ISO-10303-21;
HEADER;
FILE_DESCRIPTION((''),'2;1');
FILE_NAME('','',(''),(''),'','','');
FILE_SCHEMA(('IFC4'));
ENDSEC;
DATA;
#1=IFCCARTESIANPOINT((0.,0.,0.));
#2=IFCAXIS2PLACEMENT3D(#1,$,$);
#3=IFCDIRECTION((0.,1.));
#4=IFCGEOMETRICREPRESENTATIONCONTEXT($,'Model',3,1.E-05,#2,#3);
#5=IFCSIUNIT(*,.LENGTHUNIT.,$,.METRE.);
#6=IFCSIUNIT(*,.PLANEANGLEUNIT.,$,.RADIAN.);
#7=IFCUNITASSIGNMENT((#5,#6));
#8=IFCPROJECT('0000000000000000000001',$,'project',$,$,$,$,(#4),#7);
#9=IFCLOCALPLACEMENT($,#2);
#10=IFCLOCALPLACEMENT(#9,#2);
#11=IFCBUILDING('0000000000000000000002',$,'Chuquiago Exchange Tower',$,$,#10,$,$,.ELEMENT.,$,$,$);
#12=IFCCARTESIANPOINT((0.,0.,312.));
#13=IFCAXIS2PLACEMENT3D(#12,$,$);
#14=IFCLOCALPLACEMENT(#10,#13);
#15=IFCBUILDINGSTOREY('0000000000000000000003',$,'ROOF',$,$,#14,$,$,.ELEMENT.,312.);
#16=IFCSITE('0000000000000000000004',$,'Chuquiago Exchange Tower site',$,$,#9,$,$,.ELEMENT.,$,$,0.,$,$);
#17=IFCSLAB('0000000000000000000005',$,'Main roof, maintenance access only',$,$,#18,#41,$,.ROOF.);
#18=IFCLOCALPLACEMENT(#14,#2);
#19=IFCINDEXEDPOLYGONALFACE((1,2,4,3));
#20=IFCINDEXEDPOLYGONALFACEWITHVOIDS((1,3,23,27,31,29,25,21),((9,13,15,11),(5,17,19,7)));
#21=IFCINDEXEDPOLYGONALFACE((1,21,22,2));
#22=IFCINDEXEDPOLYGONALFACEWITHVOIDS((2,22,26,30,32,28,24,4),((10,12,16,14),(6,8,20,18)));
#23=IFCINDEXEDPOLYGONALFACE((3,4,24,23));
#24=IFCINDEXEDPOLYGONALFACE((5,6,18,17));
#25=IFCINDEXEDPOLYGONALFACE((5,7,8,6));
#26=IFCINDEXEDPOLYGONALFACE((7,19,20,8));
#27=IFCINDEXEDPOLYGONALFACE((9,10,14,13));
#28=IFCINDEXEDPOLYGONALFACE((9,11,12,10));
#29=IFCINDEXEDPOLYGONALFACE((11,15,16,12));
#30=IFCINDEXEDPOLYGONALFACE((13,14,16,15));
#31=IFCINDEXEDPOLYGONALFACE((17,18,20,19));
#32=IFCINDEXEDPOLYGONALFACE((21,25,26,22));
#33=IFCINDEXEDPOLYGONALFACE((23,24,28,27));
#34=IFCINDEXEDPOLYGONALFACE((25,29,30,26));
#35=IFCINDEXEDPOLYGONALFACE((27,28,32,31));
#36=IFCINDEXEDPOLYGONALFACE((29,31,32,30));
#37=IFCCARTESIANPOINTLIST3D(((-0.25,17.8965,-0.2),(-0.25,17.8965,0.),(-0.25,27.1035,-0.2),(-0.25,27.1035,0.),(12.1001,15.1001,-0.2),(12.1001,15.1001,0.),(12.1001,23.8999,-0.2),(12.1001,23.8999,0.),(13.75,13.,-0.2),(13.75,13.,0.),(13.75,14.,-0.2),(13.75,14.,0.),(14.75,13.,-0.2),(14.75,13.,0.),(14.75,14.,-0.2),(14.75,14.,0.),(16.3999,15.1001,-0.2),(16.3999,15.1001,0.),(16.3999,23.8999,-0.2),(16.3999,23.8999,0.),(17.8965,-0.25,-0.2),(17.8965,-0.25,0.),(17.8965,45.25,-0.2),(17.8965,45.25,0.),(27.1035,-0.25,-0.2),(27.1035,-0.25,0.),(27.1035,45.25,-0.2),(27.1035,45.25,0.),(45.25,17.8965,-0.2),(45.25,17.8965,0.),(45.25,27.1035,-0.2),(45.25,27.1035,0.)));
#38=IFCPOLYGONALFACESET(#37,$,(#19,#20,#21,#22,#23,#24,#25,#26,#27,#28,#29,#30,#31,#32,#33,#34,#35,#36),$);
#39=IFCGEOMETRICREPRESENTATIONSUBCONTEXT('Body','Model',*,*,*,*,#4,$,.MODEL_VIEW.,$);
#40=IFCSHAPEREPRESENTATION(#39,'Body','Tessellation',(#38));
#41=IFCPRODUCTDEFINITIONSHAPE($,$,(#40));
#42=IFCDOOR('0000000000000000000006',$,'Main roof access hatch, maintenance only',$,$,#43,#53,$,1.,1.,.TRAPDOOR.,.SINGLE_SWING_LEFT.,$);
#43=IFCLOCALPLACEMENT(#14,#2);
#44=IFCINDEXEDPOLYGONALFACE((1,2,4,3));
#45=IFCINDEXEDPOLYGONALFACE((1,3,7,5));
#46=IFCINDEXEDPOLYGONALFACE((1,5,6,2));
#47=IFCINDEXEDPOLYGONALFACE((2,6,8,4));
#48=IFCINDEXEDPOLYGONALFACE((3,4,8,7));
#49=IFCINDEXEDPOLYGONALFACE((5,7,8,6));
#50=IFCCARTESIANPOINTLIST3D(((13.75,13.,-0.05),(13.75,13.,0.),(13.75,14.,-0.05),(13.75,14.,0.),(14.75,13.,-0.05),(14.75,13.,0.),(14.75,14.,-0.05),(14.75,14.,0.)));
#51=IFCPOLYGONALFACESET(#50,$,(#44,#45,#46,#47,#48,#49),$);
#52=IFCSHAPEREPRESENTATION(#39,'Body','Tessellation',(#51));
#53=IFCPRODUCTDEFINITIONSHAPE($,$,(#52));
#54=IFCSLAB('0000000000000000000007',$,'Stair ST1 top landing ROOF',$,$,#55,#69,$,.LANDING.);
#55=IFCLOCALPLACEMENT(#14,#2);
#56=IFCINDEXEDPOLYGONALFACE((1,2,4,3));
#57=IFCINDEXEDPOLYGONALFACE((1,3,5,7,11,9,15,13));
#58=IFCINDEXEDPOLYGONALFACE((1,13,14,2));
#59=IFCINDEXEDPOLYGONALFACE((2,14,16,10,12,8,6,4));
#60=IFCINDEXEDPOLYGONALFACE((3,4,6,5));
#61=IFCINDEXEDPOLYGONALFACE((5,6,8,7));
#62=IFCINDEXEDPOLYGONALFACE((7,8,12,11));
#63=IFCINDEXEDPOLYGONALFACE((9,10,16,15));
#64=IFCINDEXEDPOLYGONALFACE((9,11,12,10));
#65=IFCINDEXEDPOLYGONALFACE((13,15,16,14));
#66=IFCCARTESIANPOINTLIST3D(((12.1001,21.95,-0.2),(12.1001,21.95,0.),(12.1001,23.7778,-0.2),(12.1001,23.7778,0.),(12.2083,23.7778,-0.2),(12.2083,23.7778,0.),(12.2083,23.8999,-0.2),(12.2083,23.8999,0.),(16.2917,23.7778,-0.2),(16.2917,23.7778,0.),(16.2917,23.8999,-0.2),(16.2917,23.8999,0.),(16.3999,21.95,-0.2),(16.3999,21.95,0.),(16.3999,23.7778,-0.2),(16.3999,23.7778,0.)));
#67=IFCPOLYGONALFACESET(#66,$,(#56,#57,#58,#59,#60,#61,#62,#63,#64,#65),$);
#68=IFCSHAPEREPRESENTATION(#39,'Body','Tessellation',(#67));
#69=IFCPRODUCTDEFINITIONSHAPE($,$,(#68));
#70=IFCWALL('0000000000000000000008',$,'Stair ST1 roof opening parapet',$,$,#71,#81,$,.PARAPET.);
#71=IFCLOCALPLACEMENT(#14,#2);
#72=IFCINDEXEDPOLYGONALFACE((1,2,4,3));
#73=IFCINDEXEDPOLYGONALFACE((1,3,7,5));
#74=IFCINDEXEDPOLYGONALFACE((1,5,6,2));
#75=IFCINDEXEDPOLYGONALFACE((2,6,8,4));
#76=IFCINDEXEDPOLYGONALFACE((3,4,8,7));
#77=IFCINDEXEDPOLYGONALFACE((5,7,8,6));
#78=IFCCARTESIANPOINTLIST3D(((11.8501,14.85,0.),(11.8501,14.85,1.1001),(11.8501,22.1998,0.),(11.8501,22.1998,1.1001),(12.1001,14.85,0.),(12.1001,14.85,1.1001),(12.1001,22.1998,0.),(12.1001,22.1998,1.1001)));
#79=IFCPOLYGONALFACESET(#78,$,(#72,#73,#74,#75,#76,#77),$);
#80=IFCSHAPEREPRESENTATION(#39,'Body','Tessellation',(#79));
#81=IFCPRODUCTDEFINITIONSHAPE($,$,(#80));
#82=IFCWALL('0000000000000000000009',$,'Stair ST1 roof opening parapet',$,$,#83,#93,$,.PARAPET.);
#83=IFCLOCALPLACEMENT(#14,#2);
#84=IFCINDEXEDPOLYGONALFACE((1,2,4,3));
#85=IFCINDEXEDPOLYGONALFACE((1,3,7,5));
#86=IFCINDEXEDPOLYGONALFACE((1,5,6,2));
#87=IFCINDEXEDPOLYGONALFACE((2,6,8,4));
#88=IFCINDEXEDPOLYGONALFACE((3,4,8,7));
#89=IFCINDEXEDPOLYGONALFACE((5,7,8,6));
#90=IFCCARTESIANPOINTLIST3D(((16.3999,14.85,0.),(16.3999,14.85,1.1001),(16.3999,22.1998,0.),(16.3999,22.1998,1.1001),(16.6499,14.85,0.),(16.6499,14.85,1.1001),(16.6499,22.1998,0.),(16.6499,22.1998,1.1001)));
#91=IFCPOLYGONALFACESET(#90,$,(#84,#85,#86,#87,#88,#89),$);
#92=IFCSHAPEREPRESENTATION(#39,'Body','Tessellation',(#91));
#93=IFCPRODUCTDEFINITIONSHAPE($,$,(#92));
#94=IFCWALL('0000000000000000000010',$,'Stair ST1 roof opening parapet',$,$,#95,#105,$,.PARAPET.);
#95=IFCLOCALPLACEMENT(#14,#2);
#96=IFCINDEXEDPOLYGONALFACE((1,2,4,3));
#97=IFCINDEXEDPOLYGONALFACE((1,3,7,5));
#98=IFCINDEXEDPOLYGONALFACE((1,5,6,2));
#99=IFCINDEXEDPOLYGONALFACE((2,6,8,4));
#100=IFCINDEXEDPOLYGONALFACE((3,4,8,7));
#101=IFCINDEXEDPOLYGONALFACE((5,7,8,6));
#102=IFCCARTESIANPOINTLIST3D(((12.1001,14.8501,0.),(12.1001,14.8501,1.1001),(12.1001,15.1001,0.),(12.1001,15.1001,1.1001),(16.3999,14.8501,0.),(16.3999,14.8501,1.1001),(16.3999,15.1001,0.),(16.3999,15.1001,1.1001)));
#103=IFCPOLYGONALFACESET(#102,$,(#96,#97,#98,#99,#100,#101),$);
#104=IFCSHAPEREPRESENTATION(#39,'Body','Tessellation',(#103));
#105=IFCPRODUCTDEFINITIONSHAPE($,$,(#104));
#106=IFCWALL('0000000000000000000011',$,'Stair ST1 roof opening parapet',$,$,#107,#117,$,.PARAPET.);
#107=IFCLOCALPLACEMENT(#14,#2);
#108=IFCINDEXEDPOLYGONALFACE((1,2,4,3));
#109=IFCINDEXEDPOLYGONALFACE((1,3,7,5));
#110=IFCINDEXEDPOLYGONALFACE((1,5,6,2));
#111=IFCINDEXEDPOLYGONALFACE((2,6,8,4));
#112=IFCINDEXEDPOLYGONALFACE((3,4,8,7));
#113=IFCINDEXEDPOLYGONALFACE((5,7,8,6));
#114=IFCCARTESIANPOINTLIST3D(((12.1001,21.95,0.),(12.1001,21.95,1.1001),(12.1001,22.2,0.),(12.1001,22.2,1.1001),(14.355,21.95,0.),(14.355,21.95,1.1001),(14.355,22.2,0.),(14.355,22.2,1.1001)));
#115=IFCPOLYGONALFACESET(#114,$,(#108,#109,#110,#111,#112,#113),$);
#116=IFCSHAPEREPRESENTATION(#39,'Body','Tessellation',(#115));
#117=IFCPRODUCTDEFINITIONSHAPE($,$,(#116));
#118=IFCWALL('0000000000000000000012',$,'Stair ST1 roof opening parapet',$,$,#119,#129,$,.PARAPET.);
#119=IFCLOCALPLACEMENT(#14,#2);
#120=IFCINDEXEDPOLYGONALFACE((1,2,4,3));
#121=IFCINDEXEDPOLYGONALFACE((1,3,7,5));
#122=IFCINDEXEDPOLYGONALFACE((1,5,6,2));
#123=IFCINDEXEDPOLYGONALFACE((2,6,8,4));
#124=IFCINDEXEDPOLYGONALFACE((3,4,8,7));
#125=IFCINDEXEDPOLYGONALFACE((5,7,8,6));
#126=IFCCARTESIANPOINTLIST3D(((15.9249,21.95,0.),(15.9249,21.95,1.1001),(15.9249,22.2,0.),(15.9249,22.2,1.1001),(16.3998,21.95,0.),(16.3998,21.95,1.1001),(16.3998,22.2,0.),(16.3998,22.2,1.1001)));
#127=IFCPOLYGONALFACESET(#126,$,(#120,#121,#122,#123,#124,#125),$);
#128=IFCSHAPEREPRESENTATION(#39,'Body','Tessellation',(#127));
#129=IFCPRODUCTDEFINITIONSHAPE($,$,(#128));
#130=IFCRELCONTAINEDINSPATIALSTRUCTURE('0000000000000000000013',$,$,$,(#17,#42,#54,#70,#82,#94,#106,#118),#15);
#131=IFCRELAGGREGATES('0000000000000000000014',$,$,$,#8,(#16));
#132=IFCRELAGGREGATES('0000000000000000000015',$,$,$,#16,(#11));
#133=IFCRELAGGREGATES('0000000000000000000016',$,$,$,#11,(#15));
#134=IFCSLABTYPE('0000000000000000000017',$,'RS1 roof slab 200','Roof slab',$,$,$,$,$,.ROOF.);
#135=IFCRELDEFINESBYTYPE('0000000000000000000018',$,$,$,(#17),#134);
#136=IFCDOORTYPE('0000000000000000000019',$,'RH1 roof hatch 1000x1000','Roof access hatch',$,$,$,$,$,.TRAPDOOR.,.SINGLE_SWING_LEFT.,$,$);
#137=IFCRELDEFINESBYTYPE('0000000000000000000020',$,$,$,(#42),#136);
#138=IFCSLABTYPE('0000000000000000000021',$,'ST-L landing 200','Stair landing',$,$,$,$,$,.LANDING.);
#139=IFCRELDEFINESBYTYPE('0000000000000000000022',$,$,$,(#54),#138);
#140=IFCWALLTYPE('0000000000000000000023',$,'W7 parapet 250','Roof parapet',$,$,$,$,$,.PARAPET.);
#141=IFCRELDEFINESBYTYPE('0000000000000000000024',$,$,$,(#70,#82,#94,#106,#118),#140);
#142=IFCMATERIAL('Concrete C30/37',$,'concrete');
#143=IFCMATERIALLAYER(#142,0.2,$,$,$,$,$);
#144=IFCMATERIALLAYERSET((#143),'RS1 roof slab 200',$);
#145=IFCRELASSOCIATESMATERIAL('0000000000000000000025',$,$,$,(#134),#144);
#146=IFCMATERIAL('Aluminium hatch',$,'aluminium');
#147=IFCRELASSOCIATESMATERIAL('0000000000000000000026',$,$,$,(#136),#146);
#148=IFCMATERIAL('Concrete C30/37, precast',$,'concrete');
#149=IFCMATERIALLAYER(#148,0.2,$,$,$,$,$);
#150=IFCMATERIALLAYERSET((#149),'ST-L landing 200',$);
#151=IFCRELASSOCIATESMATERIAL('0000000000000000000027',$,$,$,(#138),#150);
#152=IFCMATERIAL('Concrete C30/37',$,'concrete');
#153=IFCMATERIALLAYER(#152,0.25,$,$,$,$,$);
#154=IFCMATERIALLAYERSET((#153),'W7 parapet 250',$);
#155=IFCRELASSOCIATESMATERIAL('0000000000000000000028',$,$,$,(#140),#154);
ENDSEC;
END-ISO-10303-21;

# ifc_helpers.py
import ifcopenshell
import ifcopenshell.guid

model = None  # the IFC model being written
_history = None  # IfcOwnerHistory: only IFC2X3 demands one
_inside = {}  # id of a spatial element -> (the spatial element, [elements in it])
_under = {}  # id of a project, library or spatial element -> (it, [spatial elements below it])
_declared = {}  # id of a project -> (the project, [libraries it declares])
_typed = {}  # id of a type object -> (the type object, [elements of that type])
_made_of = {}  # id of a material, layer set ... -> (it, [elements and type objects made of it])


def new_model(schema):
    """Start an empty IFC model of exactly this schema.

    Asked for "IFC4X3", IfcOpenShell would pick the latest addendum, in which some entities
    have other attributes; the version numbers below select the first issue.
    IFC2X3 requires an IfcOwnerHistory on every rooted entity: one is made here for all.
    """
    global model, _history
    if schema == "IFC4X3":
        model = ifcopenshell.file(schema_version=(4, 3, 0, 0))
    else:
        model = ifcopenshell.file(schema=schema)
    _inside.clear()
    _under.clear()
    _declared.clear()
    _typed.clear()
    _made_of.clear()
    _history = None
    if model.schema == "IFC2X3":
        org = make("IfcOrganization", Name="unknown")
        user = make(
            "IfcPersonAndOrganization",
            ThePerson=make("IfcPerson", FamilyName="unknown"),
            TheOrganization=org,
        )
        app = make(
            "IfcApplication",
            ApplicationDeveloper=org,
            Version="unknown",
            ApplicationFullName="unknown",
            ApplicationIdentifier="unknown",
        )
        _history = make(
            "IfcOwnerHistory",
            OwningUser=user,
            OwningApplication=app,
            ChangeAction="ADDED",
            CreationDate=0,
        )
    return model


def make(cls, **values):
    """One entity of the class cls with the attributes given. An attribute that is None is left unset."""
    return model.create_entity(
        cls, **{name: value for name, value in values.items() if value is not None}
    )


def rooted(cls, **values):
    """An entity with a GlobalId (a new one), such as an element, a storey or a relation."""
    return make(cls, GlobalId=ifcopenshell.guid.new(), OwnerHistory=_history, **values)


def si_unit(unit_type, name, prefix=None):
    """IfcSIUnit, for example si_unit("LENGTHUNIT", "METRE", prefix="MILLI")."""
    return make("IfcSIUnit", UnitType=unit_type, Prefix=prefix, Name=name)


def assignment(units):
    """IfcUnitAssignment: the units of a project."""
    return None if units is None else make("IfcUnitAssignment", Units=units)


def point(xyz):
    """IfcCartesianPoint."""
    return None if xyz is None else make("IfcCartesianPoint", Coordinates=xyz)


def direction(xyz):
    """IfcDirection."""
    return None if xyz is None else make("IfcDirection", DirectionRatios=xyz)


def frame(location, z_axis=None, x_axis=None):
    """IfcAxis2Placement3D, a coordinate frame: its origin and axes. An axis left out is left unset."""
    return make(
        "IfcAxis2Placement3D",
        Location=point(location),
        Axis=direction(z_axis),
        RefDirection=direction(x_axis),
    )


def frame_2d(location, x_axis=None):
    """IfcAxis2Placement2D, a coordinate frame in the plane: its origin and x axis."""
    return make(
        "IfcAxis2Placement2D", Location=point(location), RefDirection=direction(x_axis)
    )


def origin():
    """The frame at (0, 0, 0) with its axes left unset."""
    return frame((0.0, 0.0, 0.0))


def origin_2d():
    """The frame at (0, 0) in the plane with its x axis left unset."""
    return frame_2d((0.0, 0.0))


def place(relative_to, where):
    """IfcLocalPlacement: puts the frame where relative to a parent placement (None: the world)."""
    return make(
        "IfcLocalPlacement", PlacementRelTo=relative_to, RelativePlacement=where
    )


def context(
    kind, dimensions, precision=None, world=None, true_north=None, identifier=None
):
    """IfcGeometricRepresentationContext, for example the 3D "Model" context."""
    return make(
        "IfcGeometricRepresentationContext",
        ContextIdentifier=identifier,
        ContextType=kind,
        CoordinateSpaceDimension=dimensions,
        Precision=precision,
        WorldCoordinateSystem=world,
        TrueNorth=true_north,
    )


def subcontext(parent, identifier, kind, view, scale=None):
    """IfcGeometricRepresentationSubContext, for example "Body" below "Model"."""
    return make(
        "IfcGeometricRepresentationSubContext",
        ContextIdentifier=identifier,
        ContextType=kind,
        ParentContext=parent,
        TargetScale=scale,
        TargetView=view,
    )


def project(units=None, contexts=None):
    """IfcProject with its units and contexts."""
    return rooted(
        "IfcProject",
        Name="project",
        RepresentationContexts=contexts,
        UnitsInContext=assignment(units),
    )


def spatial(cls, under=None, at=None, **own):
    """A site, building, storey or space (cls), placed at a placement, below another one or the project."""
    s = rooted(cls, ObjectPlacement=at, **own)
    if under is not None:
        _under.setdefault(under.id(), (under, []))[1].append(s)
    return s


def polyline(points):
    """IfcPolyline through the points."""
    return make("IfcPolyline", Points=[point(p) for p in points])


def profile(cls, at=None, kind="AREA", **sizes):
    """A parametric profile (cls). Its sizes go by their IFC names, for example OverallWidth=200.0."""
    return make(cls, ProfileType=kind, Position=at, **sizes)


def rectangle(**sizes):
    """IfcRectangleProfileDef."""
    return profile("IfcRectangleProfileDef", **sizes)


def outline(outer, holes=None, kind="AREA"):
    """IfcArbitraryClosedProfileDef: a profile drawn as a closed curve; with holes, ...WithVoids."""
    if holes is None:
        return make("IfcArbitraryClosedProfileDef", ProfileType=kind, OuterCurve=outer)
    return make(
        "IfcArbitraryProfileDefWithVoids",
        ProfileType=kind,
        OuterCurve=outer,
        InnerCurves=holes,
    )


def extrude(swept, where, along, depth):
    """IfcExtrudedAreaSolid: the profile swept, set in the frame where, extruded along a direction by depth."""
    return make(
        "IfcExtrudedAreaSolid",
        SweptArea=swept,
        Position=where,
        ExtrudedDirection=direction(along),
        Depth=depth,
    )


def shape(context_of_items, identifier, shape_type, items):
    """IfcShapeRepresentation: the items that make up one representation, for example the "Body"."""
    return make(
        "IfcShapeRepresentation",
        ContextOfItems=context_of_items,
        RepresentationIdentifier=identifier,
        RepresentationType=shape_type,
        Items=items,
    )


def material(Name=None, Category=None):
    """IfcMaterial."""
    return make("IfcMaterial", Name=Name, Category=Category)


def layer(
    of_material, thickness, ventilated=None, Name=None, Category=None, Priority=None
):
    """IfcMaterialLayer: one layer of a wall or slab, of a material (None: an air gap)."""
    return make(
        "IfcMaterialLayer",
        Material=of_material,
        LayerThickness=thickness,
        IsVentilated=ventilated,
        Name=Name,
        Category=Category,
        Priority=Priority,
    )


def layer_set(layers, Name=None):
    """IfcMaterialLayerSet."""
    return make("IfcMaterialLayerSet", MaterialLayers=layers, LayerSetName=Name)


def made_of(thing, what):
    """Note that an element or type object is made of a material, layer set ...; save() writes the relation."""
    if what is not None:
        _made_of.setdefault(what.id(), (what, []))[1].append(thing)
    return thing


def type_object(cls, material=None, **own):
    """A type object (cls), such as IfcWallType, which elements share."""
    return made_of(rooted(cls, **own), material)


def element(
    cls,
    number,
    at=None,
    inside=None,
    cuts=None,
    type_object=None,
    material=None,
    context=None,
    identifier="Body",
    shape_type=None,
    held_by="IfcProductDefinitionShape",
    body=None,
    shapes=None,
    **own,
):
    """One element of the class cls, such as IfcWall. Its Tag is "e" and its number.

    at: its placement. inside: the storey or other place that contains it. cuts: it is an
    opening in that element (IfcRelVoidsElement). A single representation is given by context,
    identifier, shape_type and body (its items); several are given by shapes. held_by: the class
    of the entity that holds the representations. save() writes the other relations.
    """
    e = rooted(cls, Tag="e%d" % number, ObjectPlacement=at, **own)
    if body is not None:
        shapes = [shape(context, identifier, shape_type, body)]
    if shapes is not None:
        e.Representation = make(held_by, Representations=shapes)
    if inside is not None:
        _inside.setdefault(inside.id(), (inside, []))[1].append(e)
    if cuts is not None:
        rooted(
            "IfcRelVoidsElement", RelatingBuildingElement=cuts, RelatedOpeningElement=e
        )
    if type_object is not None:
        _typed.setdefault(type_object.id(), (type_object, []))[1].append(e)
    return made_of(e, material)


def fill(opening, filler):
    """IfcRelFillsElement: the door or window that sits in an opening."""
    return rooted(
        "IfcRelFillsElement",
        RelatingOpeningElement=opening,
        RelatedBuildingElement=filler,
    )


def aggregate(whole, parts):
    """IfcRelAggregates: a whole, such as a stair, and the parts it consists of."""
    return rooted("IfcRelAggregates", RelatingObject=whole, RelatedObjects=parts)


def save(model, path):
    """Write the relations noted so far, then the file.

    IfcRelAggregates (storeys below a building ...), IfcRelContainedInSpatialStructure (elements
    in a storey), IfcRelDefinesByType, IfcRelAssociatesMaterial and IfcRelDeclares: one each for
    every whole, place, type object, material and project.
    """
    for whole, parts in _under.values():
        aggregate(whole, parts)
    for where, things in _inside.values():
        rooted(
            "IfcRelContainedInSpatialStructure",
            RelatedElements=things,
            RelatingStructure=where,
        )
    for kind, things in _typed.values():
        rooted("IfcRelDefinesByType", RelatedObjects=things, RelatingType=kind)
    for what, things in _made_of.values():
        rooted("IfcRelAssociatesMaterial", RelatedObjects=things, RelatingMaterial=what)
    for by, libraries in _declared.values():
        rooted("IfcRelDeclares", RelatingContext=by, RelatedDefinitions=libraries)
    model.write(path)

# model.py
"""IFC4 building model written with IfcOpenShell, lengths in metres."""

from ifc_helpers import new_model, si_unit, direction, frame, frame_2d, origin, origin_2d, place, context, subcontext, project, spatial, polyline, rectangle, outline, extrude, material, layer, layer_set, type_object, element, fill, save


model = new_model("IFC4")

# Units and contexts
model_context = context("Model", 3, precision=1e-05, world=origin(), true_north=direction((0.0, 1.0)))
body_context = subcontext(model_context, "Body", "Model", "MODEL_VIEW")
ifc_project = project(units=[si_unit("LENGTHUNIT", "METRE"), si_unit("PLANEANGLEUNIT", "RADIAN")], contexts=[model_context])

# Site, building, storey
site_placement = place(None, origin())
site = spatial("IfcSite", under=ifc_project, at=site_placement, Name="Chuquiago Exchange Tower site", CompositionType="ELEMENT", RefElevation=0.0)
building_placement = place(site_placement, origin())
building = spatial("IfcBuilding", under=site, at=building_placement, Name="Chuquiago Exchange Tower", CompositionType="ELEMENT")
storey_placement = place(building_placement, frame((0.0, 0.0, 312.0)))
storey = spatial("IfcBuildingStorey", under=building, at=storey_placement, Name="ROOF", CompositionType="ELEMENT", Elevation=312.0)

# Slab, opening, door
ifc_material_1 = material(Name="Concrete C30/37", Category="concrete")
ifc_layer_1 = layer(ifc_material_1, 0.2)
ifc_layer_set_1 = layer_set([ifc_layer_1], Name="RS1 roof slab 200")
slab_type_1 = type_object("IfcSlabType", Name="RS1 roof slab 200", Description="Roof slab", PredefinedType="ROOF", material=ifc_layer_set_1)
slab_1_placement = place(storey_placement, frame((0.0, 0.0, -0.2)))
slab_1 = element("IfcSlab", 1, at=slab_1_placement, inside=storey, type_object=slab_type_1, Name="Main roof, maintenance access only", PredefinedType="ROOF", context=body_context, shape_type="SweptSolid", body=[
    extrude(outline(polyline([(17.8965, -0.25), (-0.25, 17.8965), (-0.25, 27.1035), (17.8965, 45.25), (27.1035, 45.25), (45.25, 27.1035), (45.25, 17.8965), (27.1035, -0.25), (17.8965, -0.25)]), holes=[polyline([(16.3999, 15.1001), (12.1001, 15.1001), (12.1001, 23.8999), (16.3999, 23.8999), (16.3999, 15.1001)])]), origin(), (0.0, 0.0, 1.0), 0.2),
])
opening_placement = place(slab_1_placement, frame((14.25, 13.5, 0.0)))
opening = element("IfcOpeningElement", 2, at=opening_placement, cuts=slab_1, PredefinedType="OPENING", context=body_context, shape_type="SweptSolid", body=[
    extrude(rectangle(XDim=1.0, YDim=1.0, at=origin_2d()), origin(), (0.0, 0.0, 1.0), 0.2),
])
ifc_material_2 = material(Name="Aluminium hatch", Category="aluminium")
door_type = type_object("IfcDoorType", Name="RH1 roof hatch 1000x1000", Description="Roof access hatch", OperationType="SINGLE_SWING_LEFT", PredefinedType="TRAPDOOR", material=ifc_material_2)
door_placement = place(opening_placement, frame((0.0, 0.0, 0.1499)))
door = element("IfcDoor", 3, at=door_placement, inside=storey, type_object=door_type, Name="Main roof access hatch, maintenance only", OperationType="SINGLE_SWING_LEFT", OverallHeight=1.0, OverallWidth=1.0, PredefinedType="TRAPDOOR", context=body_context, shape_type="SweptSolid", body=[
    extrude(rectangle(XDim=1.0, YDim=1.0, at=origin_2d()), origin(), (0.0, 0.0, 1.0), 0.05),
])
fill(opening, door)

# Slab
ifc_material_3 = material(Name="Concrete C30/37, precast", Category="concrete")
ifc_layer_2 = layer(ifc_material_3, 0.2)
ifc_layer_set_2 = layer_set([ifc_layer_2], Name="ST-L landing 200")
slab_type_2 = type_object("IfcSlabType", Name="ST-L landing 200", Description="Stair landing", PredefinedType="LANDING", material=ifc_layer_set_2)
slab_2_placement = place(storey_placement, frame((0.0, 0.0, -0.2)))
element("IfcSlab", 4, at=slab_2_placement, inside=storey, type_object=slab_type_2, Name="Stair ST1 top landing ROOF", PredefinedType="LANDING", context=body_context, shape_type="SweptSolid", body=[
    extrude(outline(polyline([(12.2083, 23.8999), (16.2917, 23.8999), (16.2917, 23.7778), (16.3999, 23.7778), (16.3999, 21.95), (12.1001, 21.95), (12.1001, 23.7778), (12.2083, 23.7778), (12.2083, 23.8999)])), origin(), (0.0, 0.0, 1.0), 0.2),
])

# Walls
ifc_material_4 = material(Name="Concrete C30/37", Category="concrete")
ifc_layer_3 = layer(ifc_material_4, 0.25)
ifc_layer_set_3 = layer_set([ifc_layer_3], Name="W7 parapet 250")
wall_type = type_object("IfcWallType", Name="W7 parapet 250", Description="Roof parapet", PredefinedType="PARAPET", material=ifc_layer_set_3)
for number, where, z_axis, x_axis, name in (
    (5, (11.9751, 14.8501, 0.0), (0.0, 0.0, 1.0), (0.0, 1.0, 0.0), "Stair ST1 roof opening parapet"),
    (6, (16.5249, 14.8501, 0.0), (0.0, 0.0, 1.0), (0.0, 1.0, 0.0), "Stair ST1 roof opening parapet"),
):
    element("IfcWall", number, at=place(storey_placement, frame(where, z_axis=z_axis, x_axis=x_axis)), inside=storey, type_object=wall_type, Name=name, PredefinedType="PARAPET", context=body_context, shape_type="SweptSolid", body=[
        extrude(rectangle(XDim=7.3499, YDim=0.25, at=frame_2d((3.6748, 0.0))), origin(), (0.0, 0.0, 1.0), 1.1001),
    ])
wall_1_placement = place(storey_placement, frame((12.1001, 14.9751, 0.0), z_axis=(0.0, 0.0, 1.0), x_axis=(1.0, 0.0, 0.0)))
element("IfcWall", 7, at=wall_1_placement, inside=storey, type_object=wall_type, Name="Stair ST1 roof opening parapet", PredefinedType="PARAPET", context=body_context, shape_type="SweptSolid", body=[
    extrude(rectangle(XDim=4.2998, YDim=0.25, at=frame_2d((2.1499, 0.0))), origin(), (0.0, 0.0, 1.0), 1.1001),
])
wall_2_placement = place(storey_placement, frame((12.1001, 22.075, 0.0), z_axis=(0.0, 0.0, 1.0), x_axis=(1.0, 0.0, 0.0)))
element("IfcWall", 8, at=wall_2_placement, inside=storey, type_object=wall_type, Name="Stair ST1 roof opening parapet", PredefinedType="PARAPET", context=body_context, shape_type="SweptSolid", body=[
    extrude(rectangle(XDim=2.2549, YDim=0.25, at=frame_2d((1.1274, 0.0))), origin(), (0.0, 0.0, 1.0), 1.1001),
])
wall_3_placement = place(storey_placement, frame((15.925, 22.075, 0.0), z_axis=(0.0, 0.0, 1.0), x_axis=(1.0, 0.0, 0.0)))
element("IfcWall", 9, at=wall_3_placement, inside=storey, type_object=wall_type, Name="Stair ST1 roof opening parapet", PredefinedType="PARAPET", context=body_context, shape_type="SweptSolid", body=[
    extrude(rectangle(XDim=0.4749, YDim=0.25, at=frame_2d((0.2373, 0.0))), origin(), (0.0, 0.0, 1.0), 1.1001),
])

save(model, "model.ifc")
